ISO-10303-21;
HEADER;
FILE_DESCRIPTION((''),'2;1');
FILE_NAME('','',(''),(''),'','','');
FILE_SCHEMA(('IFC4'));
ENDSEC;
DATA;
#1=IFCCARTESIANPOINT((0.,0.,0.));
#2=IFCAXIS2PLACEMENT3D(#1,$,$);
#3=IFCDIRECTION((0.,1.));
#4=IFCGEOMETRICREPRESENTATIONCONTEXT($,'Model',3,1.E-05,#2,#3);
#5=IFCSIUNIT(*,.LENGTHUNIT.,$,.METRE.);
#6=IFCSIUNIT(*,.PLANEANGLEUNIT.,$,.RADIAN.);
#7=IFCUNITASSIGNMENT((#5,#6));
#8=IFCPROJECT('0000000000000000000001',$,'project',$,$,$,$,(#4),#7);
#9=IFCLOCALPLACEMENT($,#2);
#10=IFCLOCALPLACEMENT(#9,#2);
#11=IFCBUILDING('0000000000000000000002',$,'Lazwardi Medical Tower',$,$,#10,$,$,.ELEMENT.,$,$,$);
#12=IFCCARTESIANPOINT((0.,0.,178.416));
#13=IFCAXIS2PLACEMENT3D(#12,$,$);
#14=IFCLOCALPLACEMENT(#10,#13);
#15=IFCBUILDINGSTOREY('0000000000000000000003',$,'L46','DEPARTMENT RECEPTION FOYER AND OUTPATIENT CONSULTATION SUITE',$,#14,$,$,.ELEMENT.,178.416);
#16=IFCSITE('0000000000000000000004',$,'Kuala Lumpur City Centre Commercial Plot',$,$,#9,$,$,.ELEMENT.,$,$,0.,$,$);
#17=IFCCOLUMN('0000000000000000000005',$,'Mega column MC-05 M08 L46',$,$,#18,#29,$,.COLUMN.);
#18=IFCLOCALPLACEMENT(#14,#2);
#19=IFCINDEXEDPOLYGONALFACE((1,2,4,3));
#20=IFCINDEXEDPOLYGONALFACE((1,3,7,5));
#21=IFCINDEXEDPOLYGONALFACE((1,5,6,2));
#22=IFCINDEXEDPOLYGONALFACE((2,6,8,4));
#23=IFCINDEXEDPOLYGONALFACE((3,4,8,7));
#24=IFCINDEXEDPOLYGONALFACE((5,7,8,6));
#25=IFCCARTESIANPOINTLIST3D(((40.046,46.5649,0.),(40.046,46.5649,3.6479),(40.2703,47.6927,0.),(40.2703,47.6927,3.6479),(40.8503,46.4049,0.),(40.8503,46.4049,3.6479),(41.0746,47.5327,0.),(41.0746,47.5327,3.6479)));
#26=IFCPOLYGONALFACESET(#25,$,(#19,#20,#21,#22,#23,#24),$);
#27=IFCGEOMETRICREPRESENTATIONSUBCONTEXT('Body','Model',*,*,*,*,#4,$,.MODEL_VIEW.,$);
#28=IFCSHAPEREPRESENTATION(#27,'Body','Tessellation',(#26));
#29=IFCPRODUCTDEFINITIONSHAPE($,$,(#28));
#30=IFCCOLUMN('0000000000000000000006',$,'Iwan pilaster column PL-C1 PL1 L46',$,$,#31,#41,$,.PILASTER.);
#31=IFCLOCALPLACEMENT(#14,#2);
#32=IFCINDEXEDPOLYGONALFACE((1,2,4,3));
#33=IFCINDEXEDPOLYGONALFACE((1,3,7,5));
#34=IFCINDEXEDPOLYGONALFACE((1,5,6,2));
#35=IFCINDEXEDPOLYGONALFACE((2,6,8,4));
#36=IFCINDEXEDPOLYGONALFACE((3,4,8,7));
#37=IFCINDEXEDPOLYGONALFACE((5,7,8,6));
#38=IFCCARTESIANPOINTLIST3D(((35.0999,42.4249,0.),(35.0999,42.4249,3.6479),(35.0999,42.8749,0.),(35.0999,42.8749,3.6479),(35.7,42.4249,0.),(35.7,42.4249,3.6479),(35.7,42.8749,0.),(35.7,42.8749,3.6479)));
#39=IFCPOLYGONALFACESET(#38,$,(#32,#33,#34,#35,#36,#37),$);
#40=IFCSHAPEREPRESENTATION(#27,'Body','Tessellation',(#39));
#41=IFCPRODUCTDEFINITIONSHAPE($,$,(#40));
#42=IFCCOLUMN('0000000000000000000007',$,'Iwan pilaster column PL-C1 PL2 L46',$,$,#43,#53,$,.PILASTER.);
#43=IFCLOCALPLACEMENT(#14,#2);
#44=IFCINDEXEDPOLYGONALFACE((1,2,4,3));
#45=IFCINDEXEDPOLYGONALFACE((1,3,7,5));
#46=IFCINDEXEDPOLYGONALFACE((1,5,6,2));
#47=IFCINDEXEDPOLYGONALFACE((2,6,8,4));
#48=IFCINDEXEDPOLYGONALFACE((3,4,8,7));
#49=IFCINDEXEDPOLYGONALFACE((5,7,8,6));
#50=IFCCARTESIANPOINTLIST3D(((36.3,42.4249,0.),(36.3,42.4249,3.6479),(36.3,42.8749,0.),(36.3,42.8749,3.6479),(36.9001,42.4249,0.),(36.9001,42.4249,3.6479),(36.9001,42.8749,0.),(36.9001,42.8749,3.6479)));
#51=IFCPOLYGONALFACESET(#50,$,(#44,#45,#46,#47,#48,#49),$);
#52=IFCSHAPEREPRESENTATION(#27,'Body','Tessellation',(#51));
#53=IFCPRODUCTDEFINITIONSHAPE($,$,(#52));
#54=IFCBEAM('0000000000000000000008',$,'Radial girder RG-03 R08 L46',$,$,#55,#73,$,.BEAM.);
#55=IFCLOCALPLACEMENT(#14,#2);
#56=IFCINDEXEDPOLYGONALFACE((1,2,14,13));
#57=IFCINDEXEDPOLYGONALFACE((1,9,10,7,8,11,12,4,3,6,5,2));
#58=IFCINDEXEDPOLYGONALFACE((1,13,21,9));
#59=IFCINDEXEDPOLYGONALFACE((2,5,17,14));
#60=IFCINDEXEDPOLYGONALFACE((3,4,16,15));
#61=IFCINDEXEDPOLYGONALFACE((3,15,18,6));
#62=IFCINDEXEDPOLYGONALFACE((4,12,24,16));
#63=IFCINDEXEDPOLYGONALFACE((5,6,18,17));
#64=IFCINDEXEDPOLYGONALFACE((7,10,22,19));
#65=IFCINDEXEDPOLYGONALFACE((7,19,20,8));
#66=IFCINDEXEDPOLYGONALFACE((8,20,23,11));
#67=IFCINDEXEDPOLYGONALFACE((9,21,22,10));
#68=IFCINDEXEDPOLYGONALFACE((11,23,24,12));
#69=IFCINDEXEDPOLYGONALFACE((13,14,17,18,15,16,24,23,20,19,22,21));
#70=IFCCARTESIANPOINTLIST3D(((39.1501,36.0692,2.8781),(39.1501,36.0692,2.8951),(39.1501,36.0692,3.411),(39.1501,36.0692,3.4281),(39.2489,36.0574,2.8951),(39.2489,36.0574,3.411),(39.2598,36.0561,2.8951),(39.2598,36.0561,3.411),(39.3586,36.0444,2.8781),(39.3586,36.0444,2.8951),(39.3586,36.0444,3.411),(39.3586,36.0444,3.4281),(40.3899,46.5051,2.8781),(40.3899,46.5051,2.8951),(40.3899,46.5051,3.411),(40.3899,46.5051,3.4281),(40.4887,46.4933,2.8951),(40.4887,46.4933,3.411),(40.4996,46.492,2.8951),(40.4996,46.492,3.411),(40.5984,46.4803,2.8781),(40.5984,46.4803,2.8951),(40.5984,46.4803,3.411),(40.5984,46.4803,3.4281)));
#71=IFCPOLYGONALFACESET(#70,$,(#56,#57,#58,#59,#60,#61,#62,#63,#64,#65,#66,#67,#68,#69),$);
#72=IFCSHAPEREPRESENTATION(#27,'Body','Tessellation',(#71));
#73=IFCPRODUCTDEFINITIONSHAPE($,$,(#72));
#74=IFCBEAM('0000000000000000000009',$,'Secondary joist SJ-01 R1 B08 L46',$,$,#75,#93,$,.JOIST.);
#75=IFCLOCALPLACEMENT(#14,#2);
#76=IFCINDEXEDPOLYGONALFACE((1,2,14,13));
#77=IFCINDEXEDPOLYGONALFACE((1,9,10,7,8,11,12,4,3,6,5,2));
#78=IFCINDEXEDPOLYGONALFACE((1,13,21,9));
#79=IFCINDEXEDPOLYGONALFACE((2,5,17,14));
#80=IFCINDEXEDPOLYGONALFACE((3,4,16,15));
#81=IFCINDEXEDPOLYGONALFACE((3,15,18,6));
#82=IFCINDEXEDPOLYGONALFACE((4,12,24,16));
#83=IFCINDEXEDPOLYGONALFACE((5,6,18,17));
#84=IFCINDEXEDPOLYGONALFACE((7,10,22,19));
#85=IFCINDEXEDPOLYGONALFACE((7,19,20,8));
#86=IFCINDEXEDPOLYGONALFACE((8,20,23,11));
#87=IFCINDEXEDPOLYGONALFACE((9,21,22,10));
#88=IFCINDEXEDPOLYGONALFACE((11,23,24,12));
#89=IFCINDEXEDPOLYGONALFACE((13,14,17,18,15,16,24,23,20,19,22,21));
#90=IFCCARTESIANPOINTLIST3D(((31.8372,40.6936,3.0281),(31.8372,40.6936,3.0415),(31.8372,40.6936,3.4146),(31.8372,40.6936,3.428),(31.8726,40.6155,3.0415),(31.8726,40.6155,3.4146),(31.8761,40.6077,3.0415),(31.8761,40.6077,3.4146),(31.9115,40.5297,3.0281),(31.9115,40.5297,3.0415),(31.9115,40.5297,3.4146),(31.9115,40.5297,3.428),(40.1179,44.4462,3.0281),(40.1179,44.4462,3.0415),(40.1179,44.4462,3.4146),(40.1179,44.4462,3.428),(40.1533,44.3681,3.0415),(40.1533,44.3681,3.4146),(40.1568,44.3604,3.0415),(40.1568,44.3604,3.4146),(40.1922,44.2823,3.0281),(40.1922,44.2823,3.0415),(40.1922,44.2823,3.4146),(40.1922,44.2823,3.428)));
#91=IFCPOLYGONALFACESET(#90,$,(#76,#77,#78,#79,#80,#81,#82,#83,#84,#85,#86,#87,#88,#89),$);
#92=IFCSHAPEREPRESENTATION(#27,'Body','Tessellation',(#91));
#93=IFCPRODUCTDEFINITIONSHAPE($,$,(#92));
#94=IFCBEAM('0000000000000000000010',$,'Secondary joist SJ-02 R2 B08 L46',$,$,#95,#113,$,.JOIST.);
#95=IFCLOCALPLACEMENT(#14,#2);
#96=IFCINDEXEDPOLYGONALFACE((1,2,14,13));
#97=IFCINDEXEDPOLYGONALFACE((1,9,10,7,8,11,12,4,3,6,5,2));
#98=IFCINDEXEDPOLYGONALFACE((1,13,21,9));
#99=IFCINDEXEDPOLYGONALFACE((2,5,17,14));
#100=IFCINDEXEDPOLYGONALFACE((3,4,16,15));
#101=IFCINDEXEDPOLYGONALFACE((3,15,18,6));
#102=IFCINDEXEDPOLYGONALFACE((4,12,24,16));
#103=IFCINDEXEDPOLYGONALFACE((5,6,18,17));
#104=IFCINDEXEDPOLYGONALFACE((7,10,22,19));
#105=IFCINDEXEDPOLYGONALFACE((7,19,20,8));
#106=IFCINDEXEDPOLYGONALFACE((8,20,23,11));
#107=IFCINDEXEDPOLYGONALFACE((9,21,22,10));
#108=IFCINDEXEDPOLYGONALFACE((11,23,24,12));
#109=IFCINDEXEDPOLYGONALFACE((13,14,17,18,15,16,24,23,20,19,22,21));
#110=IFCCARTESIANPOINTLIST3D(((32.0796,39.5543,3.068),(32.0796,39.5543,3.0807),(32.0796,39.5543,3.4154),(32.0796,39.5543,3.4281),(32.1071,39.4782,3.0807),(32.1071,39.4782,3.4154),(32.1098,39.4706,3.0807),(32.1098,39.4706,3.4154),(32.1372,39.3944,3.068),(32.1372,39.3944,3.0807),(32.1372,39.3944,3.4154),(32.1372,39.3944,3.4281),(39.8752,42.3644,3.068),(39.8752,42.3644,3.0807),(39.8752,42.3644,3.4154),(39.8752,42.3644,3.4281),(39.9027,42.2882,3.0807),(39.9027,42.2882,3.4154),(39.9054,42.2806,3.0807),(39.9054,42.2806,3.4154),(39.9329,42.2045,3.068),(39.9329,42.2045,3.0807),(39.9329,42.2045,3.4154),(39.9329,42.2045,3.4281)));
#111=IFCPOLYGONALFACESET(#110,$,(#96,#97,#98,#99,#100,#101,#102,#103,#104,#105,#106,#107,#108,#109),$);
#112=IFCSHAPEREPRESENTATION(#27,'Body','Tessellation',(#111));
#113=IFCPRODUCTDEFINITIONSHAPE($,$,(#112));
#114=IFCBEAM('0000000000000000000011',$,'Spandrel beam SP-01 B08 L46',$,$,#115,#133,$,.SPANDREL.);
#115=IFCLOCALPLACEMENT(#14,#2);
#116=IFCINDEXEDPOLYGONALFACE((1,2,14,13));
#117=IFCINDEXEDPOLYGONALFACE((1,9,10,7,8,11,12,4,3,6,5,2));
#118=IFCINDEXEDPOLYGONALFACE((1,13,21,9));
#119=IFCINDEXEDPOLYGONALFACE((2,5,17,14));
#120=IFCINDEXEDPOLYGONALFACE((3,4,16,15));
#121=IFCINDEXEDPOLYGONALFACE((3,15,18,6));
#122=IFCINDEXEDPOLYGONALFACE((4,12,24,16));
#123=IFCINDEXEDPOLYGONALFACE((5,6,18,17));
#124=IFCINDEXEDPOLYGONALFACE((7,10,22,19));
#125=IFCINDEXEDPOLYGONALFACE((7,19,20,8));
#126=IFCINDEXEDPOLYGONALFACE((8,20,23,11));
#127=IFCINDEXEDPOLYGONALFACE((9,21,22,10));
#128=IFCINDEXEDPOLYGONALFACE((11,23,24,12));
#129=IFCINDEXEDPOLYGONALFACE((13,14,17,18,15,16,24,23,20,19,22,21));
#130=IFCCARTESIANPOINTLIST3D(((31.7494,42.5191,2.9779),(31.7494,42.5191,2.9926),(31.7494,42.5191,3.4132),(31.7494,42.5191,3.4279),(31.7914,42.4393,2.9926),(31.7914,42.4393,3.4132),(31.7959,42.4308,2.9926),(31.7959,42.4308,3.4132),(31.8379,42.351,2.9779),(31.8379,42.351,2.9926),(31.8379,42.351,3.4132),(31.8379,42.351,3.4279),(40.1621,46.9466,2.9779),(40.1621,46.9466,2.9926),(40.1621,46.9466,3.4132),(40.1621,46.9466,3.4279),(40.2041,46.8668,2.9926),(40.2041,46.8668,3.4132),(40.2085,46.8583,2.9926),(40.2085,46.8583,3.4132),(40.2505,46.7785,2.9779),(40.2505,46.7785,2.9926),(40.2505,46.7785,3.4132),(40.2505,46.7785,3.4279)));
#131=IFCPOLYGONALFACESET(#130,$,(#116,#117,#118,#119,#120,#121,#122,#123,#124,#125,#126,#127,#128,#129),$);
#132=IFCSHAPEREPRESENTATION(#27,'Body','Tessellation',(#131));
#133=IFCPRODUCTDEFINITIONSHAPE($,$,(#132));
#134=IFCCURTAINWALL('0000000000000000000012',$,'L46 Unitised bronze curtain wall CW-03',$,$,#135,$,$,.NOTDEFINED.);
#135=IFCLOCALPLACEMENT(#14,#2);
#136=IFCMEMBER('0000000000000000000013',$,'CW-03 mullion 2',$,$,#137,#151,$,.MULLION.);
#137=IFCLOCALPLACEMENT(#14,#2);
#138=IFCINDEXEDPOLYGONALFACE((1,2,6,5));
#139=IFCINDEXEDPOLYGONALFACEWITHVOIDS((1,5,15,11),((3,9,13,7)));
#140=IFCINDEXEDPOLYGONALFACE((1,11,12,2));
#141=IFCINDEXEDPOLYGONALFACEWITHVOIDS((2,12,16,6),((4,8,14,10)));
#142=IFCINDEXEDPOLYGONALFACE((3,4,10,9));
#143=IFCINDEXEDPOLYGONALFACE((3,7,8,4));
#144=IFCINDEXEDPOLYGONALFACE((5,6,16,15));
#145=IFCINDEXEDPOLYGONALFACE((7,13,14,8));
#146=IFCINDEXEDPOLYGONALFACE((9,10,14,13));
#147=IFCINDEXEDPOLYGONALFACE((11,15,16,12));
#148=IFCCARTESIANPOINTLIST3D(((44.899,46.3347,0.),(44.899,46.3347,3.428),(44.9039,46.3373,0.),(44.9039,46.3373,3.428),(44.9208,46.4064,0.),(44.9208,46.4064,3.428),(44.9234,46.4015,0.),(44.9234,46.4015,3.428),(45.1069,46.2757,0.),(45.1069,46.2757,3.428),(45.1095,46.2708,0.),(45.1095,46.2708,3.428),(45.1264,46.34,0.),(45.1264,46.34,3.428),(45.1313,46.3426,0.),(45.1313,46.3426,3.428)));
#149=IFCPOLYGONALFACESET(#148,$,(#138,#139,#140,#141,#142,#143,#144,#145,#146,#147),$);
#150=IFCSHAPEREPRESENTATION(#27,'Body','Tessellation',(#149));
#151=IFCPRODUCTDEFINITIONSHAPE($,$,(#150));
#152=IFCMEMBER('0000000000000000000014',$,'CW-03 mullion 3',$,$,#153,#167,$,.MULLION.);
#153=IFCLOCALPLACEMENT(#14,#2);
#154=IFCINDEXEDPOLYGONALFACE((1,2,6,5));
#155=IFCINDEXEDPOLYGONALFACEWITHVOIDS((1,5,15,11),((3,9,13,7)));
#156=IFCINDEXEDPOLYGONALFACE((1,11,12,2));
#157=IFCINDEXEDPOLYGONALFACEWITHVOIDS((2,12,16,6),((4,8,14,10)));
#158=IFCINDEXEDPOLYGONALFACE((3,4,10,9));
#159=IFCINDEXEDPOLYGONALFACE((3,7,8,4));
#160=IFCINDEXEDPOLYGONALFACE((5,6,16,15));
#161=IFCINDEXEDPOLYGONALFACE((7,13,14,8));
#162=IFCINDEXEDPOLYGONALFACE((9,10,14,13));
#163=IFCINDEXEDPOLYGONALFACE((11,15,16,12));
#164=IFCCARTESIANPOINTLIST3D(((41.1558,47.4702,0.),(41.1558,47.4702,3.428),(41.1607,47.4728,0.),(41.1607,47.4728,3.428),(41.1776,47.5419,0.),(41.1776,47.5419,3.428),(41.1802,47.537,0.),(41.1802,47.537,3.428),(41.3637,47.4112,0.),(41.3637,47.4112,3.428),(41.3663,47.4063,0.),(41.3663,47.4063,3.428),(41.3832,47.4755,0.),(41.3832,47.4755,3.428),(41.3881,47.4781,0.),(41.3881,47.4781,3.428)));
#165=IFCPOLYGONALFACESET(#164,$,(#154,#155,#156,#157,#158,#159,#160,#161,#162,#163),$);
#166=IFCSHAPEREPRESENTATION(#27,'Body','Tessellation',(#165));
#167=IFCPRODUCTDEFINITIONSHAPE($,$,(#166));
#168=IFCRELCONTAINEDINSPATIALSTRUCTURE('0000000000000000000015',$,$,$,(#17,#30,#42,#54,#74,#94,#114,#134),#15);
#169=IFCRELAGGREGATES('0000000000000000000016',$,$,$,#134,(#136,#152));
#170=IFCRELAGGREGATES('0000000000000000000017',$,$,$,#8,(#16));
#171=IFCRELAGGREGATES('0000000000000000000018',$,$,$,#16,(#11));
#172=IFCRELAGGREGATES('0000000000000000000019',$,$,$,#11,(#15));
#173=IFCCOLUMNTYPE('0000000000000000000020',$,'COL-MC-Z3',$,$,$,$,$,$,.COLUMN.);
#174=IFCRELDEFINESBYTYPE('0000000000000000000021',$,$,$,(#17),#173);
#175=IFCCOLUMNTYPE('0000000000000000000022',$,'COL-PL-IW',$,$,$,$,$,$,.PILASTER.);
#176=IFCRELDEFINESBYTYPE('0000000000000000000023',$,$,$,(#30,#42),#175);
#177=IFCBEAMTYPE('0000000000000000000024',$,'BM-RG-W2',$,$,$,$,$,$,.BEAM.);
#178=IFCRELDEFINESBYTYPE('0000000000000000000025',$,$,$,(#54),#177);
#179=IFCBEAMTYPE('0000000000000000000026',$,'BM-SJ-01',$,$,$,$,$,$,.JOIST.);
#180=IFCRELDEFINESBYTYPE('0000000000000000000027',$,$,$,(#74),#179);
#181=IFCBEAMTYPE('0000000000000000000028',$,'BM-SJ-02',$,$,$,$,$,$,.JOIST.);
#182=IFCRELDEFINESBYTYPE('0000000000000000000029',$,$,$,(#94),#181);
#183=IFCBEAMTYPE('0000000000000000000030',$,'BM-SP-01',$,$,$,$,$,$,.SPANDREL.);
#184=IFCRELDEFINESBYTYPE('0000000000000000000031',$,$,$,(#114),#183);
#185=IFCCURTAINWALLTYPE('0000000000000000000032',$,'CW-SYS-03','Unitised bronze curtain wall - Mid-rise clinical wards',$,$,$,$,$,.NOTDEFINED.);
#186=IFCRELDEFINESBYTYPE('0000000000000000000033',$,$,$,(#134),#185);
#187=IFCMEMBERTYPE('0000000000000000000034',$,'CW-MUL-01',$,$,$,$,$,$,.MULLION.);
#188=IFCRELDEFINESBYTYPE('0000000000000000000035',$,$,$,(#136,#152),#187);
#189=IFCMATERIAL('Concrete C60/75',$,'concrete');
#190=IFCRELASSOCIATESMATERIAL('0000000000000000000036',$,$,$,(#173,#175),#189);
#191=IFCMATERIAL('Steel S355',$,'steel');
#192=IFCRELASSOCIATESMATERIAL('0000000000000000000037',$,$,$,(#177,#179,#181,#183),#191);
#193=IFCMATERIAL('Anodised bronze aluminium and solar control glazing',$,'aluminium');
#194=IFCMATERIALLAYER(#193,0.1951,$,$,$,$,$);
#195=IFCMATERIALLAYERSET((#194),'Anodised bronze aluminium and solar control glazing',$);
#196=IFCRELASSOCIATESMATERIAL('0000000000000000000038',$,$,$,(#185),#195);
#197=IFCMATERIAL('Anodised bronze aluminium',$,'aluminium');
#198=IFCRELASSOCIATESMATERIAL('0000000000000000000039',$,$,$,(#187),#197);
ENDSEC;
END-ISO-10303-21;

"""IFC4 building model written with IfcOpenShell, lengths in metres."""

from ifc_helpers import new_model, si_unit, direction, frame, origin, origin_2d, place, context, subcontext, project, spatial, rectangle, hollow_rectangle, i_section, extrude, material, layer, layer_set, material_profile, profile_set, type_object, element, aggregate, save


model = new_model("IFC4")

# Units and contexts
model_context = context("Model", 3, precision=1e-05, world=origin(), true_north=direction((0.0, 1.0)))
body_context = subcontext(model_context, "Body", "Model", "MODEL_VIEW")
ifc_project = project(units=[si_unit("LENGTHUNIT", "METRE"), si_unit("PLANEANGLEUNIT", "RADIAN")], contexts=[model_context])

# Site, building, storey
site_placement = place(None, origin())
site = spatial("IfcSite", under=ifc_project, at=site_placement, Name="Kuala Lumpur City Centre Commercial Plot", CompositionType="ELEMENT", RefElevation=0.0)
building_placement = place(site_placement, origin())
building = spatial("IfcBuilding", under=site, at=building_placement, Name="Lazwardi Medical Tower", CompositionType="ELEMENT")
storey_placement = place(building_placement, frame((0.0, 0.0, 178.416)))
storey = spatial("IfcBuildingStorey", under=building, at=storey_placement, Name="L46", Description="DEPARTMENT RECEPTION FOYER AND OUTPATIENT CONSULTATION SUITE", CompositionType="ELEMENT", Elevation=178.416)

# Columns
ifc_material_1 = material(Name="Concrete C60/75", Category="concrete")
ifc_material_profile_1 = material_profile(ifc_material_1, rectangle(XDim=1.1499, YDim=0.8201, at=origin_2d()), Name="CFT-RECT 1150x820")
ifc_profile_set_1 = profile_set([ifc_material_profile_1], Name="Concrete C60/75")
column_type_1 = type_object("IfcColumnType", Name="COL-MC-Z3", PredefinedType="COLUMN", material=ifc_profile_set_1)
column_placement = place(storey_placement, frame((40.5603, 47.0488, 0.0), z_axis=(0.0, 0.0, 1.0), x_axis=(0.19509, 0.980785, 0.0)))
element("IfcColumn", 1, at=column_placement, inside=storey, type_object=column_type_1, Name="Mega column MC-05 M08 L46", PredefinedType="COLUMN", context=body_context, shape_type="SweptSolid", body=[
    extrude(rectangle(XDim=1.1499, YDim=0.8201, at=origin_2d()), origin(), (0.0, 0.0, 1.0), 3.6479),
])
ifc_material_profile_2 = material_profile(ifc_material_1, rectangle(XDim=0.6001, YDim=0.45, at=origin_2d()), Name="RC 600x450")
ifc_profile_set_2 = profile_set([ifc_material_profile_2], Name="Concrete C60/75")
column_type_2 = type_object("IfcColumnType", Name="COL-PL-IW", PredefinedType="PILASTER", material=ifc_profile_set_2)
for number, where, z_axis, x_axis, name in (
    (2, (35.3999, 42.6499, 0.0), (0.0, 0.0, 1.0), (1.0, 0.0, 0.0), "Iwan pilaster column PL-C1 PL1 L46"),
    (3, (36.6001, 42.6499, 0.0), (0.0, 0.0, 1.0), (1.0, 0.0, 0.0), "Iwan pilaster column PL-C1 PL2 L46"),
):
    element("IfcColumn", number, at=place(storey_placement, frame(where, z_axis=z_axis, x_axis=x_axis)), inside=storey, type_object=column_type_2, Name=name, PredefinedType="PILASTER", context=body_context, shape_type="SweptSolid", body=[
        extrude(rectangle(XDim=0.6001, YDim=0.45, at=origin_2d()), origin(), (0.0, 0.0, 1.0), 3.6479),
    ])

# Beams
ifc_material_2 = material(Name="Steel S355", Category="steel")
ifc_material_profile_3 = material_profile(ifc_material_2, i_section(OverallWidth=0.21, OverallDepth=0.55, WebThickness=0.011, FlangeThickness=0.0171, at=origin_2d()), Name="IPE 550")
ifc_profile_set_3 = profile_set([ifc_material_profile_3], Name="Steel S355")
beam_type_1 = type_object("IfcBeamType", Name="BM-RG-W2", PredefinedType="BEAM", material=ifc_profile_set_3)
beam_1_placement = place(storey_placement, frame((40.4941, 46.4927, 3.1531), z_axis=(-0.117968, -0.993017, 0.0), x_axis=(0.993017, -0.117968, 0.0)))
element("IfcBeam", 4, at=beam_1_placement, inside=storey, type_object=beam_type_1, Name="Radial girder RG-03 R08 L46", PredefinedType="BEAM", context=body_context, shape_type="SweptSolid", body=[
    extrude(i_section(OverallWidth=0.21, OverallDepth=0.55, WebThickness=0.011, FlangeThickness=0.0171, at=origin_2d()), origin(), (0.0, 0.0, 1.0), 10.5093),
])
ifc_material_profile_4 = material_profile(ifc_material_2, i_section(OverallWidth=0.1799, OverallDepth=0.3999, WebThickness=0.0085, FlangeThickness=0.0134, at=origin_2d()), Name="IPE 400")
ifc_profile_set_4 = profile_set([ifc_material_profile_4], Name="Steel S355")
beam_type_2 = type_object("IfcBeamType", Name="BM-SJ-01", PredefinedType="JOIST", material=ifc_profile_set_4)
beam_2_placement = place(storey_placement, frame((40.155, 44.3643, 3.228), z_axis=(-0.910834, -0.412773, 0.0), x_axis=(0.412773, -0.910834, 0.0)))
element("IfcBeam", 5, at=beam_2_placement, inside=storey, type_object=beam_type_2, Name="Secondary joist SJ-01 R1 B08 L46", PredefinedType="JOIST", context=body_context, shape_type="SweptSolid", body=[
    extrude(i_section(OverallWidth=0.1799, OverallDepth=0.3999, WebThickness=0.0085, FlangeThickness=0.0134, at=origin_2d()), origin(), (0.0, 0.0, 1.0), 9.0913),
])
ifc_material_profile_5 = material_profile(ifc_material_2, i_section(OverallWidth=0.1699, OverallDepth=0.3601, WebThickness=0.0081, FlangeThickness=0.0127, at=origin_2d()), Name="IPE 360")
ifc_profile_set_5 = profile_set([ifc_material_profile_5], Name="Steel S355")
beam_type_3 = type_object("IfcBeamType", Name="BM-SJ-02", PredefinedType="JOIST", material=ifc_profile_set_5)
beam_3_placement = place(storey_placement, frame((39.9041, 42.2844, 3.248), z_axis=(-0.940748, -0.339106, 0.0), x_axis=(0.339106, -0.940748, 0.0)))
element("IfcBeam", 6, at=beam_3_placement, inside=storey, type_object=beam_type_3, Name="Secondary joist SJ-02 R2 B08 L46", PredefinedType="JOIST", context=body_context, shape_type="SweptSolid", body=[
    extrude(i_section(OverallWidth=0.1699, OverallDepth=0.3601, WebThickness=0.0081, FlangeThickness=0.0127, at=origin_2d()), origin(), (0.0, 0.0, 1.0), 8.2866),
])
ifc_material_profile_6 = material_profile(ifc_material_2, i_section(OverallWidth=0.1899, OverallDepth=0.45, WebThickness=0.0095, FlangeThickness=0.0146, at=origin_2d()), Name="IPE 450")
ifc_profile_set_6 = profile_set([ifc_material_profile_6], Name="Steel S355")
beam_type_4 = type_object("IfcBeamType", Name="BM-SP-01", PredefinedType="SPANDREL", material=ifc_profile_set_6)
beam_4_placement = place(storey_placement, frame((40.2063, 46.8625, 3.2029), z_axis=(-0.884927, -0.465731, 0.0), x_axis=(0.465731, -0.884927, 0.0)))
element("IfcBeam", 7, at=beam_4_placement, inside=storey, type_object=beam_type_4, Name="Spandrel beam SP-01 B08 L46", PredefinedType="SPANDREL", context=body_context, shape_type="SweptSolid", body=[
    extrude(i_section(OverallWidth=0.1899, OverallDepth=0.45, WebThickness=0.0095, FlangeThickness=0.0146, at=origin_2d()), origin(), (0.0, 0.0, 1.0), 9.5066),
])

# Curtain wall, members
ifc_material_3 = material(Name="Anodised bronze aluminium and solar control glazing", Category="aluminium")
ifc_layer_1 = layer(ifc_material_3, 0.1951)
ifc_layer_set_1 = layer_set([ifc_layer_1], Name="Anodised bronze aluminium and solar control glazing")
curtain_wall_type = type_object("IfcCurtainWallType", Name="CW-SYS-03", Description="Unitised bronze curtain wall - Mid-rise clinical wards", PredefinedType="NOTDEFINED", material=ifc_layer_set_1)
curtain_wall_placement = place(storey_placement, origin())
curtain_wall = element("IfcCurtainWall", 8, at=curtain_wall_placement, inside=storey, type_object=curtain_wall_type, Name="L46 Unitised bronze curtain wall CW-03", PredefinedType="NOTDEFINED")
ifc_material_4 = material(Name="Anodised bronze aluminium", Category="aluminium")
ifc_material_profile_7 = material_profile(ifc_material_4, hollow_rectangle(XDim=0.075, YDim=0.22, WallThickness=0.0039, at=origin_2d()), Name="ALU-MULLION 220x75x4")
ifc_profile_set_7 = profile_set([ifc_material_profile_7], Name="Anodised bronze aluminium")
member_type_1 = type_object("IfcMemberType", Name="CW-MUL-01", PredefinedType="MULLION", material=ifc_profile_set_7)
member_1_placement = place(storey_placement, frame((45.0151, 46.3386, 0.0), z_axis=(0.0, 0.0, 1.0), x_axis=(-0.290281, -0.956942, 0.0)))
member_1 = element("IfcMember", 9, at=member_1_placement, type_object=member_type_1, Name="CW-03 mullion 2", PredefinedType="MULLION", context=body_context, shape_type="SweptSolid", body=[
    extrude(hollow_rectangle(XDim=0.075, YDim=0.22, WallThickness=0.0039, at=origin_2d()), origin(), (0.0, 0.0, 1.0), 3.428),
])
member_2_placement = place(storey_placement, frame((41.272, 47.4741, 0.0), z_axis=(0.0, 0.0, 1.0), x_axis=(-0.290281, -0.956942, 0.0)))
member_2 = element("IfcMember", 10, at=member_2_placement, type_object=member_type_1, Name="CW-03 mullion 3", PredefinedType="MULLION", context=body_context, shape_type="SweptSolid", body=[
    extrude(hollow_rectangle(XDim=0.075, YDim=0.22, WallThickness=0.0039, at=origin_2d()), origin(), (0.0, 0.0, 1.0), 3.428),
])
aggregate(curtain_wall, [member_1, member_2])

save(model, "model.ifc")
